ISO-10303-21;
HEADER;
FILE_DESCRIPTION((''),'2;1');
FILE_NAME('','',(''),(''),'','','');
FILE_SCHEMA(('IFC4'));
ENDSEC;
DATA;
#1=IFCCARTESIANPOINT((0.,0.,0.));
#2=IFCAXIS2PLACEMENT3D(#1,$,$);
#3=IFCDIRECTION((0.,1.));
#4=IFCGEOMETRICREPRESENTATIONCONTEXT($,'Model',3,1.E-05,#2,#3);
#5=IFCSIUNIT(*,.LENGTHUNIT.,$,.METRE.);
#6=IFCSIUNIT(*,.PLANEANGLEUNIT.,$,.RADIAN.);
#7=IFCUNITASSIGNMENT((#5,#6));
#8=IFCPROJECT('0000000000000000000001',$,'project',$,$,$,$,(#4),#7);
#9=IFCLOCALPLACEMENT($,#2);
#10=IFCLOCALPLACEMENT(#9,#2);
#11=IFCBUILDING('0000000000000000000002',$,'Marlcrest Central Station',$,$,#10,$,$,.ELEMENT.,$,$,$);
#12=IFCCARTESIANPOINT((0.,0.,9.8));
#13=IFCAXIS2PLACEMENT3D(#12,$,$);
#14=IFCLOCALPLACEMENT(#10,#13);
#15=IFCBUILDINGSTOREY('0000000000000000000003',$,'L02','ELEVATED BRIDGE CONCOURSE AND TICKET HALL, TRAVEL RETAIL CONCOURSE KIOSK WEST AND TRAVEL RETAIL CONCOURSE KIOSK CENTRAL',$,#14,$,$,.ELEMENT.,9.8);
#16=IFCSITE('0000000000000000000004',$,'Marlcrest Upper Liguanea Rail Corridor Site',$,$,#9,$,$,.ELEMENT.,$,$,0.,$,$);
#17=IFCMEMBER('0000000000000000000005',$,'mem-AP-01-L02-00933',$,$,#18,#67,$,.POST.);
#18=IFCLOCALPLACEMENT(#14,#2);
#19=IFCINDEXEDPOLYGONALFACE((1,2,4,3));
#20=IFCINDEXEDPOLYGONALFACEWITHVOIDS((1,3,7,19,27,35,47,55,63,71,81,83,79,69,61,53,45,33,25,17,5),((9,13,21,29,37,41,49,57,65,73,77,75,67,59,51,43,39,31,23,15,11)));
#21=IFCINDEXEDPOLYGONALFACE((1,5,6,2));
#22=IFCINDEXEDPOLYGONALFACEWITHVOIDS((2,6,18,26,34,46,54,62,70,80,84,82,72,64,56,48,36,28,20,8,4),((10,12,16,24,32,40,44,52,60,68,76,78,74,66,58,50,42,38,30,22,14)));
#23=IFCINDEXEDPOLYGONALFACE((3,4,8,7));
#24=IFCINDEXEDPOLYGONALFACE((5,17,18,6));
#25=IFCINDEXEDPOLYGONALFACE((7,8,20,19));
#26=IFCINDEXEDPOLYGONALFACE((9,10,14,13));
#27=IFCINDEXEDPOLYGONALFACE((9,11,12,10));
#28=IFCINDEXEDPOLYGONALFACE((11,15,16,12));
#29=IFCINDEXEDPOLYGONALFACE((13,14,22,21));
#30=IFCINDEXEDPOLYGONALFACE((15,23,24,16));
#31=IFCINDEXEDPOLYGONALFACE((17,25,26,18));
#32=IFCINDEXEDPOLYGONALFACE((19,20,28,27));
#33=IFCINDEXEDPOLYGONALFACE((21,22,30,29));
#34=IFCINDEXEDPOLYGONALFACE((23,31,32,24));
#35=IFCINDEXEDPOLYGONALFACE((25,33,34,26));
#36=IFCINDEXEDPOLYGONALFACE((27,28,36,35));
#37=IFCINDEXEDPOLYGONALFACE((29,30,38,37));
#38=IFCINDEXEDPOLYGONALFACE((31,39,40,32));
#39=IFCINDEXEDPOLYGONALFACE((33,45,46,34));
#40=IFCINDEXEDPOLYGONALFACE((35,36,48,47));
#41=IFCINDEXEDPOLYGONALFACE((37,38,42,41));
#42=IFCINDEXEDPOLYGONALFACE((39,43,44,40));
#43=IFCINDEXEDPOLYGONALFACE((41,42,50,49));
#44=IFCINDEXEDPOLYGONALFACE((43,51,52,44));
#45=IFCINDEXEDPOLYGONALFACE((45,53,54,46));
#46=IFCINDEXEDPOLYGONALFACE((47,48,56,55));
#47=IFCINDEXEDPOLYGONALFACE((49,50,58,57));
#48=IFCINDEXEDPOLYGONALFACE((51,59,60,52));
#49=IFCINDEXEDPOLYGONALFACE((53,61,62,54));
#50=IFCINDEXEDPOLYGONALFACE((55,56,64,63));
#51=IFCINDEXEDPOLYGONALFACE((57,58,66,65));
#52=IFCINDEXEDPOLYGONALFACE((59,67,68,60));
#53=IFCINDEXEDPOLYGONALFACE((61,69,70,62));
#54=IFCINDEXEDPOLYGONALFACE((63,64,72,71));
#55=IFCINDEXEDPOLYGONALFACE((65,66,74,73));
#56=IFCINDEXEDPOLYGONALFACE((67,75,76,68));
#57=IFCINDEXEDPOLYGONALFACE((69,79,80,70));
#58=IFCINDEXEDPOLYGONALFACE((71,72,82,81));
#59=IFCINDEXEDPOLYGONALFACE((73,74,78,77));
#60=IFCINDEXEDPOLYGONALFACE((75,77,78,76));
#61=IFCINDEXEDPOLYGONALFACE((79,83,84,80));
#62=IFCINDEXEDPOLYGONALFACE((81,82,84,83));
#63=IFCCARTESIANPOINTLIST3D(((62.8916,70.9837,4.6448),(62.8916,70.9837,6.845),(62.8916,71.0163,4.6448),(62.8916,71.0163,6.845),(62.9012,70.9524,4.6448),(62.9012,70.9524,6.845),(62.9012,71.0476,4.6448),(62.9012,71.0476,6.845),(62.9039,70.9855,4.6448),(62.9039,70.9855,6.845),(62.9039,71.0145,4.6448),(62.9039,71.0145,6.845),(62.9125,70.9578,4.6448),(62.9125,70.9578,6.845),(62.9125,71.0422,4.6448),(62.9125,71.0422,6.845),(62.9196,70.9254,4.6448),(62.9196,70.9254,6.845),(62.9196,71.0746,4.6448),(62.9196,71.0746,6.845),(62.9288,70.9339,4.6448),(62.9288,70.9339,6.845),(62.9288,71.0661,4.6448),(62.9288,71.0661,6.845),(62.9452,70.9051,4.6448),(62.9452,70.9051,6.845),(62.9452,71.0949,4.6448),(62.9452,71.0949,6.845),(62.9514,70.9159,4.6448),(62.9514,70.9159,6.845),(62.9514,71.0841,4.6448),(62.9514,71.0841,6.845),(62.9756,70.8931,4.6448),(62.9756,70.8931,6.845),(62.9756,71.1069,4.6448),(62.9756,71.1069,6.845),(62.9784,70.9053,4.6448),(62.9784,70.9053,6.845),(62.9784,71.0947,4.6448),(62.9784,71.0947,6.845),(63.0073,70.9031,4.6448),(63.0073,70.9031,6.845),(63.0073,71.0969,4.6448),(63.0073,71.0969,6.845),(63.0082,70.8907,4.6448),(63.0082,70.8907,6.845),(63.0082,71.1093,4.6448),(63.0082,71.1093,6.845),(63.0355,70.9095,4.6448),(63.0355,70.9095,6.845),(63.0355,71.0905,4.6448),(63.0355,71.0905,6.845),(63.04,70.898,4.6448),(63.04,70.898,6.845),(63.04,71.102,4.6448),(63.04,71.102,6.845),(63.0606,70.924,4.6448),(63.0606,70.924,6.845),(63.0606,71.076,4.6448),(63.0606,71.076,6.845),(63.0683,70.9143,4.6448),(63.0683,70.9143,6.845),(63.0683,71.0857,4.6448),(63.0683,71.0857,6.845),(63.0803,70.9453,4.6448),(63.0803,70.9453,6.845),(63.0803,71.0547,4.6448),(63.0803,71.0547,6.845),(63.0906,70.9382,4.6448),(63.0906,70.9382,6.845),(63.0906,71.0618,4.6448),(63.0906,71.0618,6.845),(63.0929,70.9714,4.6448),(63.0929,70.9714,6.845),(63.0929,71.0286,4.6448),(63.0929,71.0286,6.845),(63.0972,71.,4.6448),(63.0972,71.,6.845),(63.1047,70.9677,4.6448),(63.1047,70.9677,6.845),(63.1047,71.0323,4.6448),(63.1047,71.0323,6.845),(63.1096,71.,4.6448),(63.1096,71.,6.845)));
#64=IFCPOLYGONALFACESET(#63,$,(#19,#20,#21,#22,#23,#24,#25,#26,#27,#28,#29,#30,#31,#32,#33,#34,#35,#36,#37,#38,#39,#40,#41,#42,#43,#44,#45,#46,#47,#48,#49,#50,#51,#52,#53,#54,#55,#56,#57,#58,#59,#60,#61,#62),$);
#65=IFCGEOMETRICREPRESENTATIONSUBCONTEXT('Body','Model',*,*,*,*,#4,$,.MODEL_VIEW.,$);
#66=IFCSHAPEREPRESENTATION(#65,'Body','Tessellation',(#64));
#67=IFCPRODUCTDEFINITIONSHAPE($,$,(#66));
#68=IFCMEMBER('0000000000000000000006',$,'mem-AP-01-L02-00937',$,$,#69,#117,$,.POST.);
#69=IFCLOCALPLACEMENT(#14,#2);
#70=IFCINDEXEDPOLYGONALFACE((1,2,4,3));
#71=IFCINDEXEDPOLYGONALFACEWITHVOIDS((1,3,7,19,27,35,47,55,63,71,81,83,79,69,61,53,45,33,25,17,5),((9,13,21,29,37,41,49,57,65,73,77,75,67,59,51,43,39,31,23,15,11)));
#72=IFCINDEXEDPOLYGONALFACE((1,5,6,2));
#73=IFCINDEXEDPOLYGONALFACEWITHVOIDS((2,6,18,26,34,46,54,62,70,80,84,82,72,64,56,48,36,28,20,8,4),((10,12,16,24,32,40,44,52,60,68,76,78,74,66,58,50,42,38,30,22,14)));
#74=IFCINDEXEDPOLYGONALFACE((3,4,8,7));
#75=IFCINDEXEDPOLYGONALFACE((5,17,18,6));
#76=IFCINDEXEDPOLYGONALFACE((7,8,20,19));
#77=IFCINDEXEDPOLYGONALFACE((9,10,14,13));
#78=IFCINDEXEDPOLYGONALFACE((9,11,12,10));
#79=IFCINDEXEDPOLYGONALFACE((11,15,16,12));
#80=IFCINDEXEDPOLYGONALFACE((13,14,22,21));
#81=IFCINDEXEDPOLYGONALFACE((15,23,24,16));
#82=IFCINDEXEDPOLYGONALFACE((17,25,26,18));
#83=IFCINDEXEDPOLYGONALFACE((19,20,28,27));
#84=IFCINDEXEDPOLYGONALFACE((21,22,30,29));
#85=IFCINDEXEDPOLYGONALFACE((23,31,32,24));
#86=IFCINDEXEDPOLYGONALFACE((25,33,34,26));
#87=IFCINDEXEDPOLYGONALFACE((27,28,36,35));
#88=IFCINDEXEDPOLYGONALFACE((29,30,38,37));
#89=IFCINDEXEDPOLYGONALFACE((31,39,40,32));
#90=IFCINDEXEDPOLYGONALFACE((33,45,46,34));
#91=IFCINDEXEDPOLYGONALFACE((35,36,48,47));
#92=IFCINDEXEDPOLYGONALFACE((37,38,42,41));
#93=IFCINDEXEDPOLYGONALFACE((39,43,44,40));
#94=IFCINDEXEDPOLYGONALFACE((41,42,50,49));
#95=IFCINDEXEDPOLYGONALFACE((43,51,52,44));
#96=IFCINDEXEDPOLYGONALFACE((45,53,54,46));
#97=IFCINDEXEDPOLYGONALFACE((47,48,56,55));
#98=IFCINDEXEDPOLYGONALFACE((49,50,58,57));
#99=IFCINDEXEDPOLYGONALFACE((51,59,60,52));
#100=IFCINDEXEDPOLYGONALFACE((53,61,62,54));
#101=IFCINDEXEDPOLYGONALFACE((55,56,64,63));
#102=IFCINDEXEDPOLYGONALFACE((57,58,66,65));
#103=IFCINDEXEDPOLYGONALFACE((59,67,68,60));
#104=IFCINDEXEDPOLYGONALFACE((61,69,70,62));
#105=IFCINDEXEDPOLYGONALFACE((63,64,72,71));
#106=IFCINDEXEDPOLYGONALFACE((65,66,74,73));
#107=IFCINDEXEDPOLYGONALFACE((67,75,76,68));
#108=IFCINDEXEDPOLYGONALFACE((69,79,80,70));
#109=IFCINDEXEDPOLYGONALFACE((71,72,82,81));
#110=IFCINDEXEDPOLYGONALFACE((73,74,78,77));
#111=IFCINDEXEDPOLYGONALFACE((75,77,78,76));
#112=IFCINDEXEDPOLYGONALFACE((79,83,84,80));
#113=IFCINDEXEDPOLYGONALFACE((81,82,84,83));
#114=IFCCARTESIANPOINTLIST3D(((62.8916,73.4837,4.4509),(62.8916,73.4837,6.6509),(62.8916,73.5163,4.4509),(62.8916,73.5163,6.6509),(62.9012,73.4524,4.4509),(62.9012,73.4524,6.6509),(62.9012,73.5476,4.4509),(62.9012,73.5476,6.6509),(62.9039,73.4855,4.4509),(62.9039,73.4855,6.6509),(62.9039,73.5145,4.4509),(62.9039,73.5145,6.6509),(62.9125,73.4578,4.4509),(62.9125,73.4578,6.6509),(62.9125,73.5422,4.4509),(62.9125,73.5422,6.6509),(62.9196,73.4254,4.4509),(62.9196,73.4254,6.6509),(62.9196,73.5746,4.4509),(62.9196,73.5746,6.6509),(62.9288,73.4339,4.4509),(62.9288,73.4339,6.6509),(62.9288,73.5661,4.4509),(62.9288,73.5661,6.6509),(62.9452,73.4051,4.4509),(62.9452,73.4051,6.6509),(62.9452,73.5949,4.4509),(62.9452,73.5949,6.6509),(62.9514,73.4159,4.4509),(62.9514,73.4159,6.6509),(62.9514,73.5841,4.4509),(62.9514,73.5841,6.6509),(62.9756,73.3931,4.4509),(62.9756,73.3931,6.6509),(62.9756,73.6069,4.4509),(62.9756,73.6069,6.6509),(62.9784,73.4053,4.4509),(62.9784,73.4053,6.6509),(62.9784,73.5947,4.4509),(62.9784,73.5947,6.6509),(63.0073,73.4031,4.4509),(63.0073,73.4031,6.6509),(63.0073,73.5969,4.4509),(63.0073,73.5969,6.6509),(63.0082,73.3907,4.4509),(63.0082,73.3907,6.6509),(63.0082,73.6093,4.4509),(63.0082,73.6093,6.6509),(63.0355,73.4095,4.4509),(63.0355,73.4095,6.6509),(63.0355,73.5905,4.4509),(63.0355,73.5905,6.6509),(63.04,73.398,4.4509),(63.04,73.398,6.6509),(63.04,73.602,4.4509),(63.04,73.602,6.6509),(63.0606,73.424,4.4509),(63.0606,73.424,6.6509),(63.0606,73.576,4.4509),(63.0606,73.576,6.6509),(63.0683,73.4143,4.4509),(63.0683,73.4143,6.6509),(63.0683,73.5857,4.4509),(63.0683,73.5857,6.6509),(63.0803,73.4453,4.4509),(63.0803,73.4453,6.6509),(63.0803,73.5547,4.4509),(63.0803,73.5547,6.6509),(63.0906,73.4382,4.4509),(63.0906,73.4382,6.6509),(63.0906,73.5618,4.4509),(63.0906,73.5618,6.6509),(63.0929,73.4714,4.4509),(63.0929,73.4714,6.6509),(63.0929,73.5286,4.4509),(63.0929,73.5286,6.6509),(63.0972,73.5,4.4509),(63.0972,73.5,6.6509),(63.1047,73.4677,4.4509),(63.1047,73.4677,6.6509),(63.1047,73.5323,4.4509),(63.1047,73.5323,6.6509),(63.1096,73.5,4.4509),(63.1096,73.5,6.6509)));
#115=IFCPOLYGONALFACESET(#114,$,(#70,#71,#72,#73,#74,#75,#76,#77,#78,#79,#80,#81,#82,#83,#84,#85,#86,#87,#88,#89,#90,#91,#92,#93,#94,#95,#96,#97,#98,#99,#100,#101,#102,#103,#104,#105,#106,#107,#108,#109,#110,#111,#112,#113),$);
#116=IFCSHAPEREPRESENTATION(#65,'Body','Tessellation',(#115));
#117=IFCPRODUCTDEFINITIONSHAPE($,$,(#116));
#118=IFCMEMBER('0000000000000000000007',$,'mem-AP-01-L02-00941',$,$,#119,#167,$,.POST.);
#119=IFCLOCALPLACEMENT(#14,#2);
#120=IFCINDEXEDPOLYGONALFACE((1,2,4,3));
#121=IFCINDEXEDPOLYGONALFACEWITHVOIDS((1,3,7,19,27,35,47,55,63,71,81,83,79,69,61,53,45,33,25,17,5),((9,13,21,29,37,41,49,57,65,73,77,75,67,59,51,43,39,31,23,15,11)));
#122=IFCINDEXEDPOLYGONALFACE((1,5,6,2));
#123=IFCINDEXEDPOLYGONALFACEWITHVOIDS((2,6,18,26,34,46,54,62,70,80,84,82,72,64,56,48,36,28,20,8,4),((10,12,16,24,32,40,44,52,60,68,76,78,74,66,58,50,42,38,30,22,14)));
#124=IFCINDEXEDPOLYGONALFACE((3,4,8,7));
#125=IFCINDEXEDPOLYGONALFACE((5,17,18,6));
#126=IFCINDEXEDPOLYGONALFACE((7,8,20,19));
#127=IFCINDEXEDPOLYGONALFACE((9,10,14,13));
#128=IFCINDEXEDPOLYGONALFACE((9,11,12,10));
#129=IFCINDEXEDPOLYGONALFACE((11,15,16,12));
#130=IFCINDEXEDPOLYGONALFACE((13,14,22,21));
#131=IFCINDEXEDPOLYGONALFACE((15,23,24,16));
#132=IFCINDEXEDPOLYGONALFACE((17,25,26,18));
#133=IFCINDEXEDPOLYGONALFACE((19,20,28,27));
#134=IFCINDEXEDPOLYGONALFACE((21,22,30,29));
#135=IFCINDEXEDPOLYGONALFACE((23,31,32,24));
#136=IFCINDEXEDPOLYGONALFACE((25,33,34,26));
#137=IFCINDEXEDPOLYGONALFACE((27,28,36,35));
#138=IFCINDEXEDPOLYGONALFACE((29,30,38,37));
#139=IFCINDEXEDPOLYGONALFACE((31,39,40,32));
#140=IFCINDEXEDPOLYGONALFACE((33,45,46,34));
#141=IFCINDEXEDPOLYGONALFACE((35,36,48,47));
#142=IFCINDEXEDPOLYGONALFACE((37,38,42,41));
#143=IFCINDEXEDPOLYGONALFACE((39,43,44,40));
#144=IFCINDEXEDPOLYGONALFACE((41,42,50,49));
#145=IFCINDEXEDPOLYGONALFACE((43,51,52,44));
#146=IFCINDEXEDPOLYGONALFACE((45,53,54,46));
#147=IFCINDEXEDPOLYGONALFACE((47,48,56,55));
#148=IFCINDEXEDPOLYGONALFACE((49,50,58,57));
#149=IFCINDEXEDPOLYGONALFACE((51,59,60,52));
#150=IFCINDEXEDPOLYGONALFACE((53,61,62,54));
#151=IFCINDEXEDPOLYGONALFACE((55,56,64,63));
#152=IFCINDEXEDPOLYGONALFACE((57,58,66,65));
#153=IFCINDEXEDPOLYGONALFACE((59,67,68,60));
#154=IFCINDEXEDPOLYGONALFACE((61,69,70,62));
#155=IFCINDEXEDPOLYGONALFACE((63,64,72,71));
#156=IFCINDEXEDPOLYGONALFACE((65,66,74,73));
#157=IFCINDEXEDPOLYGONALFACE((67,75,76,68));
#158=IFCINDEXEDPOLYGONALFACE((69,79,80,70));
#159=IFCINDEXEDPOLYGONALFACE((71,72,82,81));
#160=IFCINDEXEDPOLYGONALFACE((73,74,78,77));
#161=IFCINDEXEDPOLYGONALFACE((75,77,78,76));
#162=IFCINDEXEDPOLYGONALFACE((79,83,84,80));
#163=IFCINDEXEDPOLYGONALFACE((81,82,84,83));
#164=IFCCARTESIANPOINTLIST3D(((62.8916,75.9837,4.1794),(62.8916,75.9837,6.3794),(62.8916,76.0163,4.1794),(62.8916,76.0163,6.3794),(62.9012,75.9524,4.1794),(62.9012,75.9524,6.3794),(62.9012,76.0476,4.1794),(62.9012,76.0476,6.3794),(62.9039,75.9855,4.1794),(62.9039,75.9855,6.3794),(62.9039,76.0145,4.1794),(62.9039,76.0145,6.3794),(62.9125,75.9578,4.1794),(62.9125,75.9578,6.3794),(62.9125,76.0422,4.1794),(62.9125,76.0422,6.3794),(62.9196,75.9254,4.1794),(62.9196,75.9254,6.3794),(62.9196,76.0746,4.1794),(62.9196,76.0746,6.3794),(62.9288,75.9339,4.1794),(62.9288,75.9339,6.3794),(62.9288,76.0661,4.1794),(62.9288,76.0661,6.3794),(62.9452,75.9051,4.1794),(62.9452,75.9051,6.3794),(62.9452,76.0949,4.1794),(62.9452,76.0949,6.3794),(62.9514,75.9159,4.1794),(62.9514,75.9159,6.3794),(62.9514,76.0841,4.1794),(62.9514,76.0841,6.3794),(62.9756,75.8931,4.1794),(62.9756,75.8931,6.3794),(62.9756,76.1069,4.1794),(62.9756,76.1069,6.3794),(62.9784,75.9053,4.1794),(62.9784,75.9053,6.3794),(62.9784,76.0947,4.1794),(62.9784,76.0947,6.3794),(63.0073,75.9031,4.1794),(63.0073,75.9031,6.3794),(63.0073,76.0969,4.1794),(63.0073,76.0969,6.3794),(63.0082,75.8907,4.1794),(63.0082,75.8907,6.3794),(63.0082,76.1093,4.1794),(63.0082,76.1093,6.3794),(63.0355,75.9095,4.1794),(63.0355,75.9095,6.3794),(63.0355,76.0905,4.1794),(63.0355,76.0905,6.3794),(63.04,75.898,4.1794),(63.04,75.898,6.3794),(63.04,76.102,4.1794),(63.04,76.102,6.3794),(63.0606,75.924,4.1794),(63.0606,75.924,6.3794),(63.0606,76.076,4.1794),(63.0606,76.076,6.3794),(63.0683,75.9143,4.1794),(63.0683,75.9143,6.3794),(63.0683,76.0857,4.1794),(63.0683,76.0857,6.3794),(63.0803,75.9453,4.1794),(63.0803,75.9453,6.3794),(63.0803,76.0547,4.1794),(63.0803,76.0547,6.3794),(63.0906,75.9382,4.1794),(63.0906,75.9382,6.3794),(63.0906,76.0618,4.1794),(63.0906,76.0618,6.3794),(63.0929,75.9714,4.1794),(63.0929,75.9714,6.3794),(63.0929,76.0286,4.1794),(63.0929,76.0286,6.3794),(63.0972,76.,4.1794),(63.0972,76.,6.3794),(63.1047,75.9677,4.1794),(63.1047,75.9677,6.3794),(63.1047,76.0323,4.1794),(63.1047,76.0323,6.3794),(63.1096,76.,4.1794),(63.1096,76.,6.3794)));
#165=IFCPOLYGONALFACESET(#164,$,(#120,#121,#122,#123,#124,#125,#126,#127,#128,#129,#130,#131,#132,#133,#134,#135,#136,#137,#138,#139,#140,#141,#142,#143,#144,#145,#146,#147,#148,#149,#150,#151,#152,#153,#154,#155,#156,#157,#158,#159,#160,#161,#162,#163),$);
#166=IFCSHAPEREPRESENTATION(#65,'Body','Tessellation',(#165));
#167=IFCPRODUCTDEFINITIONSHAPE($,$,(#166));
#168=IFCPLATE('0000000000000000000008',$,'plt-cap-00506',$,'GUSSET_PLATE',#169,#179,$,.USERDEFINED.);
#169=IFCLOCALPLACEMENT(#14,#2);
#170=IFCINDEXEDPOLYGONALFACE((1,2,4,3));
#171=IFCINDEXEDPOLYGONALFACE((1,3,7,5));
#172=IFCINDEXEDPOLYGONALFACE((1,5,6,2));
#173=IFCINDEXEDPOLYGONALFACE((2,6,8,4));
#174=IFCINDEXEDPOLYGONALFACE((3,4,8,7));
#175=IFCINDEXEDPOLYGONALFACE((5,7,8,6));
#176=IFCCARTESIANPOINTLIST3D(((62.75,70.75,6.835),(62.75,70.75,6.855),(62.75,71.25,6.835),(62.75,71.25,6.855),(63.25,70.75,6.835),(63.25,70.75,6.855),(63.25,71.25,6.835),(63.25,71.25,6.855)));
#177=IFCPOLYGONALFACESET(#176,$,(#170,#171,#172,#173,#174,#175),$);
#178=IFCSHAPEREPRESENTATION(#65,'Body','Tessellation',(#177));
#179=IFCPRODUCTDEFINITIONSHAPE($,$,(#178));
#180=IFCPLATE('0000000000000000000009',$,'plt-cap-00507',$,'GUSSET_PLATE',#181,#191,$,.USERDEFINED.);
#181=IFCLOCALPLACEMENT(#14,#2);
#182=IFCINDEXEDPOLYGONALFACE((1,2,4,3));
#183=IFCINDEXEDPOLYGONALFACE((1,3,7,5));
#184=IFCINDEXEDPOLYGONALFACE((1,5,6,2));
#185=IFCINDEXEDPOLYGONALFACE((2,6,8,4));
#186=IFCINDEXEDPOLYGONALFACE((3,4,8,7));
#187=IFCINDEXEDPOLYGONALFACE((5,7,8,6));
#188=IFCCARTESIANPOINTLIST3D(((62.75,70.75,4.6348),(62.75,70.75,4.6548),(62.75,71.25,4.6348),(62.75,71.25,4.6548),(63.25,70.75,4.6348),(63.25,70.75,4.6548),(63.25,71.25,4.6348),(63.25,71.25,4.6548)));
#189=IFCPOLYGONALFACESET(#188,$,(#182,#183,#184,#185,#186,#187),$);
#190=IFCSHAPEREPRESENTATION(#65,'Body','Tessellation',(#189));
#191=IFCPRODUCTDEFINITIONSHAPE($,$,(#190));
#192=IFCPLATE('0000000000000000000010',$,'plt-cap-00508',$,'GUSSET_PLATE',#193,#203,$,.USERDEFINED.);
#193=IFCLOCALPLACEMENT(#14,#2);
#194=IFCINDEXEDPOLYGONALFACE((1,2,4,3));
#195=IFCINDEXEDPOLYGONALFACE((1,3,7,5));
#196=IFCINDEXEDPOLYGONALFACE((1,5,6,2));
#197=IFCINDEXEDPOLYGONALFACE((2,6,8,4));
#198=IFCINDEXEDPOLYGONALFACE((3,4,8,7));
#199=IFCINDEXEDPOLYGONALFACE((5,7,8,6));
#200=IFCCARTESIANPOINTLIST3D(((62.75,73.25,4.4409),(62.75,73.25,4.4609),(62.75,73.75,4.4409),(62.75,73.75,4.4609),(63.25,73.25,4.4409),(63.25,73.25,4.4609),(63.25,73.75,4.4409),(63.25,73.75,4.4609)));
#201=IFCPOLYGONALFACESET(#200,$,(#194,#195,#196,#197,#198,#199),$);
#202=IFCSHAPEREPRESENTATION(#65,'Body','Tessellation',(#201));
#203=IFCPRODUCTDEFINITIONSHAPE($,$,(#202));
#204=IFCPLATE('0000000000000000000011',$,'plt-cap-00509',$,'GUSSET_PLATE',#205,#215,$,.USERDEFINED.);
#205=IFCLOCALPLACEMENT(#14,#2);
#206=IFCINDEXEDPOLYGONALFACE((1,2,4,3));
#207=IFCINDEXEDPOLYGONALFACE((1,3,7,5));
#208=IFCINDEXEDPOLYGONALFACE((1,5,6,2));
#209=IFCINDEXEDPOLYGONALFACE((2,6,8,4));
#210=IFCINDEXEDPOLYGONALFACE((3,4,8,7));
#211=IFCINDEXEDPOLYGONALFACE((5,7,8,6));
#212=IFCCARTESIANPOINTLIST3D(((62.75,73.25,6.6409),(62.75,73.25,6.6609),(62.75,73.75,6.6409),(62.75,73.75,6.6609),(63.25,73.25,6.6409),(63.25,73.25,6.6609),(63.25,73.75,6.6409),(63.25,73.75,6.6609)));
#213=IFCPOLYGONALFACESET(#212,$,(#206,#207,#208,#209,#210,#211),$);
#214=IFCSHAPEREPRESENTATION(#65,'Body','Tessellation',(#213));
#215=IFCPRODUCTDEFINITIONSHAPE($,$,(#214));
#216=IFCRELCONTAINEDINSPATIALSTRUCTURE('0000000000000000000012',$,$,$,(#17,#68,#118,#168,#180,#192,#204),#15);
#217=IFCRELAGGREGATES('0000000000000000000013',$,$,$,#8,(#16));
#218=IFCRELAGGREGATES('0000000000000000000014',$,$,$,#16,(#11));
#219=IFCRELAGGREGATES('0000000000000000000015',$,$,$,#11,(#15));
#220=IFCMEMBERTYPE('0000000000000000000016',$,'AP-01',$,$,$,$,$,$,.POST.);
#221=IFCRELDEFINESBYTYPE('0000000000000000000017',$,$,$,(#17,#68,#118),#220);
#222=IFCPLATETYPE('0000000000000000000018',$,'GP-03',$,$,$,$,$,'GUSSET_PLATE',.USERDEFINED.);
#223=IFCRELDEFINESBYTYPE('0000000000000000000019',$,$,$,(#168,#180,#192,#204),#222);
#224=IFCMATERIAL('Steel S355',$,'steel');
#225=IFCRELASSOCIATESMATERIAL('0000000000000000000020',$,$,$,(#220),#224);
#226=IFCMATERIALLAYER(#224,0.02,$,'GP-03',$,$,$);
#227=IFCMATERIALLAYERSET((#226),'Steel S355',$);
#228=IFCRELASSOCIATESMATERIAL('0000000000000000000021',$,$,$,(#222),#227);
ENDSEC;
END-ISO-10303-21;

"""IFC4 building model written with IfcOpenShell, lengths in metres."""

from ifc_helpers import new_model, si_unit, direction, frame, origin, origin_2d, place, context, subcontext, project, spatial, rectangle, hollow_circle, extrude, material, layer, layer_set, material_profile, profile_set, type_object, element, save


model = new_model("IFC4")

# Units and contexts
model_context = context("Model", 3, precision=1e-05, world=origin(), true_north=direction((0.0, 1.0)))
body_context = subcontext(model_context, "Body", "Model", "MODEL_VIEW")
ifc_project = project(units=[si_unit("LENGTHUNIT", "METRE"), si_unit("PLANEANGLEUNIT", "RADIAN")], contexts=[model_context])

# Site, building, storey
site_placement = place(None, origin())
site = spatial("IfcSite", under=ifc_project, at=site_placement, Name="Marlcrest Upper Liguanea Rail Corridor Site", CompositionType="ELEMENT", RefElevation=0.0)
building_placement = place(site_placement, origin())
building = spatial("IfcBuilding", under=site, at=building_placement, Name="Marlcrest Central Station", CompositionType="ELEMENT")
storey_placement = place(building_placement, frame((0.0, 0.0, 9.8)))
storey = spatial("IfcBuildingStorey", under=building, at=storey_placement, Name="L02", Description="ELEVATED BRIDGE CONCOURSE AND TICKET HALL, TRAVEL RETAIL CONCOURSE KIOSK WEST AND TRAVEL RETAIL CONCOURSE KIOSK CENTRAL", CompositionType="ELEMENT", Elevation=9.8)

# Members
ifc_material = material(Name="Steel S355", Category="steel")
ifc_material_profile_1 = material_profile(ifc_material, hollow_circle(Radius=0.1096, WallThickness=0.0125, at=origin_2d()), Name="CHS 219.1x12.5")
ifc_profile_set_1 = profile_set([ifc_material_profile_1], Name="Steel S355")
member_type_1 = type_object("IfcMemberType", Name="AP-01", PredefinedType="POST", material=ifc_profile_set_1)
member_1_placement = place(storey_placement, frame((63.0, 71.0, 4.6448), z_axis=(0.0, 0.0, 1.0), x_axis=(1.0, 0.0, 0.0)))
element("IfcMember", 1, at=member_1_placement, inside=storey, type_object=member_type_1, Name="mem-AP-01-L02-00933", PredefinedType="POST", context=body_context, shape_type="SweptSolid", body=[
    extrude(hollow_circle(Radius=0.1096, WallThickness=0.0125, at=origin_2d()), origin(), (0.0, 0.0, 1.0), 2.2002),
])
for number, where, z_axis, x_axis, name in (
    (2, (63.0, 73.5, 4.4509), (0.0, 0.0, 1.0), (1.0, 0.0, 0.0), "mem-AP-01-L02-00937"),
    (3, (63.0, 76.0, 4.1794), (0.0, 0.0, 1.0), (1.0, 0.0, 0.0), "mem-AP-01-L02-00941"),
):
    element("IfcMember", number, at=place(storey_placement, frame(where, z_axis=z_axis, x_axis=x_axis)), inside=storey, type_object=member_type_1, Name=name, PredefinedType="POST", context=body_context, shape_type="SweptSolid", body=[
        extrude(hollow_circle(Radius=0.1096, WallThickness=0.0125, at=origin_2d()), origin(), (0.0, 0.0, 1.0), 2.2),
    ])

# Plates
ifc_layer = layer(ifc_material, 0.02, Name="GP-03")
ifc_layer_set = layer_set([ifc_layer], Name="Steel S355")
plate_type = type_object("IfcPlateType", Name="GP-03", ElementType="GUSSET_PLATE", PredefinedType="USERDEFINED", material=ifc_layer_set)
for number, where, z_axis, x_axis, name in (
    (4, (63.0, 71.0, 6.835), (0.0, 0.0, 1.0), (1.0, 0.0, 0.0), "plt-cap-00506"),
    (5, (63.0, 71.0, 4.6348), (0.0, 0.0, 1.0), (1.0, 0.0, 0.0), "plt-cap-00507"),
    (6, (63.0, 73.5, 4.4409), (0.0, 0.0, 1.0), (1.0, 0.0, 0.0), "plt-cap-00508"),
    (7, (63.0, 73.5, 6.6409), (0.0, 0.0, 1.0), (1.0, 0.0, 0.0), "plt-cap-00509"),
):
    element("IfcPlate", number, at=place(storey_placement, frame(where, z_axis=z_axis, x_axis=x_axis)), inside=storey, type_object=plate_type, Name=name, ObjectType="GUSSET_PLATE", PredefinedType="USERDEFINED", context=body_context, shape_type="SweptSolid", body=[
        extrude(rectangle(XDim=0.5, YDim=0.5, at=origin_2d()), origin(), (0.0, 0.0, 1.0), 0.02),
    ])

save(model, "model.ifc")
